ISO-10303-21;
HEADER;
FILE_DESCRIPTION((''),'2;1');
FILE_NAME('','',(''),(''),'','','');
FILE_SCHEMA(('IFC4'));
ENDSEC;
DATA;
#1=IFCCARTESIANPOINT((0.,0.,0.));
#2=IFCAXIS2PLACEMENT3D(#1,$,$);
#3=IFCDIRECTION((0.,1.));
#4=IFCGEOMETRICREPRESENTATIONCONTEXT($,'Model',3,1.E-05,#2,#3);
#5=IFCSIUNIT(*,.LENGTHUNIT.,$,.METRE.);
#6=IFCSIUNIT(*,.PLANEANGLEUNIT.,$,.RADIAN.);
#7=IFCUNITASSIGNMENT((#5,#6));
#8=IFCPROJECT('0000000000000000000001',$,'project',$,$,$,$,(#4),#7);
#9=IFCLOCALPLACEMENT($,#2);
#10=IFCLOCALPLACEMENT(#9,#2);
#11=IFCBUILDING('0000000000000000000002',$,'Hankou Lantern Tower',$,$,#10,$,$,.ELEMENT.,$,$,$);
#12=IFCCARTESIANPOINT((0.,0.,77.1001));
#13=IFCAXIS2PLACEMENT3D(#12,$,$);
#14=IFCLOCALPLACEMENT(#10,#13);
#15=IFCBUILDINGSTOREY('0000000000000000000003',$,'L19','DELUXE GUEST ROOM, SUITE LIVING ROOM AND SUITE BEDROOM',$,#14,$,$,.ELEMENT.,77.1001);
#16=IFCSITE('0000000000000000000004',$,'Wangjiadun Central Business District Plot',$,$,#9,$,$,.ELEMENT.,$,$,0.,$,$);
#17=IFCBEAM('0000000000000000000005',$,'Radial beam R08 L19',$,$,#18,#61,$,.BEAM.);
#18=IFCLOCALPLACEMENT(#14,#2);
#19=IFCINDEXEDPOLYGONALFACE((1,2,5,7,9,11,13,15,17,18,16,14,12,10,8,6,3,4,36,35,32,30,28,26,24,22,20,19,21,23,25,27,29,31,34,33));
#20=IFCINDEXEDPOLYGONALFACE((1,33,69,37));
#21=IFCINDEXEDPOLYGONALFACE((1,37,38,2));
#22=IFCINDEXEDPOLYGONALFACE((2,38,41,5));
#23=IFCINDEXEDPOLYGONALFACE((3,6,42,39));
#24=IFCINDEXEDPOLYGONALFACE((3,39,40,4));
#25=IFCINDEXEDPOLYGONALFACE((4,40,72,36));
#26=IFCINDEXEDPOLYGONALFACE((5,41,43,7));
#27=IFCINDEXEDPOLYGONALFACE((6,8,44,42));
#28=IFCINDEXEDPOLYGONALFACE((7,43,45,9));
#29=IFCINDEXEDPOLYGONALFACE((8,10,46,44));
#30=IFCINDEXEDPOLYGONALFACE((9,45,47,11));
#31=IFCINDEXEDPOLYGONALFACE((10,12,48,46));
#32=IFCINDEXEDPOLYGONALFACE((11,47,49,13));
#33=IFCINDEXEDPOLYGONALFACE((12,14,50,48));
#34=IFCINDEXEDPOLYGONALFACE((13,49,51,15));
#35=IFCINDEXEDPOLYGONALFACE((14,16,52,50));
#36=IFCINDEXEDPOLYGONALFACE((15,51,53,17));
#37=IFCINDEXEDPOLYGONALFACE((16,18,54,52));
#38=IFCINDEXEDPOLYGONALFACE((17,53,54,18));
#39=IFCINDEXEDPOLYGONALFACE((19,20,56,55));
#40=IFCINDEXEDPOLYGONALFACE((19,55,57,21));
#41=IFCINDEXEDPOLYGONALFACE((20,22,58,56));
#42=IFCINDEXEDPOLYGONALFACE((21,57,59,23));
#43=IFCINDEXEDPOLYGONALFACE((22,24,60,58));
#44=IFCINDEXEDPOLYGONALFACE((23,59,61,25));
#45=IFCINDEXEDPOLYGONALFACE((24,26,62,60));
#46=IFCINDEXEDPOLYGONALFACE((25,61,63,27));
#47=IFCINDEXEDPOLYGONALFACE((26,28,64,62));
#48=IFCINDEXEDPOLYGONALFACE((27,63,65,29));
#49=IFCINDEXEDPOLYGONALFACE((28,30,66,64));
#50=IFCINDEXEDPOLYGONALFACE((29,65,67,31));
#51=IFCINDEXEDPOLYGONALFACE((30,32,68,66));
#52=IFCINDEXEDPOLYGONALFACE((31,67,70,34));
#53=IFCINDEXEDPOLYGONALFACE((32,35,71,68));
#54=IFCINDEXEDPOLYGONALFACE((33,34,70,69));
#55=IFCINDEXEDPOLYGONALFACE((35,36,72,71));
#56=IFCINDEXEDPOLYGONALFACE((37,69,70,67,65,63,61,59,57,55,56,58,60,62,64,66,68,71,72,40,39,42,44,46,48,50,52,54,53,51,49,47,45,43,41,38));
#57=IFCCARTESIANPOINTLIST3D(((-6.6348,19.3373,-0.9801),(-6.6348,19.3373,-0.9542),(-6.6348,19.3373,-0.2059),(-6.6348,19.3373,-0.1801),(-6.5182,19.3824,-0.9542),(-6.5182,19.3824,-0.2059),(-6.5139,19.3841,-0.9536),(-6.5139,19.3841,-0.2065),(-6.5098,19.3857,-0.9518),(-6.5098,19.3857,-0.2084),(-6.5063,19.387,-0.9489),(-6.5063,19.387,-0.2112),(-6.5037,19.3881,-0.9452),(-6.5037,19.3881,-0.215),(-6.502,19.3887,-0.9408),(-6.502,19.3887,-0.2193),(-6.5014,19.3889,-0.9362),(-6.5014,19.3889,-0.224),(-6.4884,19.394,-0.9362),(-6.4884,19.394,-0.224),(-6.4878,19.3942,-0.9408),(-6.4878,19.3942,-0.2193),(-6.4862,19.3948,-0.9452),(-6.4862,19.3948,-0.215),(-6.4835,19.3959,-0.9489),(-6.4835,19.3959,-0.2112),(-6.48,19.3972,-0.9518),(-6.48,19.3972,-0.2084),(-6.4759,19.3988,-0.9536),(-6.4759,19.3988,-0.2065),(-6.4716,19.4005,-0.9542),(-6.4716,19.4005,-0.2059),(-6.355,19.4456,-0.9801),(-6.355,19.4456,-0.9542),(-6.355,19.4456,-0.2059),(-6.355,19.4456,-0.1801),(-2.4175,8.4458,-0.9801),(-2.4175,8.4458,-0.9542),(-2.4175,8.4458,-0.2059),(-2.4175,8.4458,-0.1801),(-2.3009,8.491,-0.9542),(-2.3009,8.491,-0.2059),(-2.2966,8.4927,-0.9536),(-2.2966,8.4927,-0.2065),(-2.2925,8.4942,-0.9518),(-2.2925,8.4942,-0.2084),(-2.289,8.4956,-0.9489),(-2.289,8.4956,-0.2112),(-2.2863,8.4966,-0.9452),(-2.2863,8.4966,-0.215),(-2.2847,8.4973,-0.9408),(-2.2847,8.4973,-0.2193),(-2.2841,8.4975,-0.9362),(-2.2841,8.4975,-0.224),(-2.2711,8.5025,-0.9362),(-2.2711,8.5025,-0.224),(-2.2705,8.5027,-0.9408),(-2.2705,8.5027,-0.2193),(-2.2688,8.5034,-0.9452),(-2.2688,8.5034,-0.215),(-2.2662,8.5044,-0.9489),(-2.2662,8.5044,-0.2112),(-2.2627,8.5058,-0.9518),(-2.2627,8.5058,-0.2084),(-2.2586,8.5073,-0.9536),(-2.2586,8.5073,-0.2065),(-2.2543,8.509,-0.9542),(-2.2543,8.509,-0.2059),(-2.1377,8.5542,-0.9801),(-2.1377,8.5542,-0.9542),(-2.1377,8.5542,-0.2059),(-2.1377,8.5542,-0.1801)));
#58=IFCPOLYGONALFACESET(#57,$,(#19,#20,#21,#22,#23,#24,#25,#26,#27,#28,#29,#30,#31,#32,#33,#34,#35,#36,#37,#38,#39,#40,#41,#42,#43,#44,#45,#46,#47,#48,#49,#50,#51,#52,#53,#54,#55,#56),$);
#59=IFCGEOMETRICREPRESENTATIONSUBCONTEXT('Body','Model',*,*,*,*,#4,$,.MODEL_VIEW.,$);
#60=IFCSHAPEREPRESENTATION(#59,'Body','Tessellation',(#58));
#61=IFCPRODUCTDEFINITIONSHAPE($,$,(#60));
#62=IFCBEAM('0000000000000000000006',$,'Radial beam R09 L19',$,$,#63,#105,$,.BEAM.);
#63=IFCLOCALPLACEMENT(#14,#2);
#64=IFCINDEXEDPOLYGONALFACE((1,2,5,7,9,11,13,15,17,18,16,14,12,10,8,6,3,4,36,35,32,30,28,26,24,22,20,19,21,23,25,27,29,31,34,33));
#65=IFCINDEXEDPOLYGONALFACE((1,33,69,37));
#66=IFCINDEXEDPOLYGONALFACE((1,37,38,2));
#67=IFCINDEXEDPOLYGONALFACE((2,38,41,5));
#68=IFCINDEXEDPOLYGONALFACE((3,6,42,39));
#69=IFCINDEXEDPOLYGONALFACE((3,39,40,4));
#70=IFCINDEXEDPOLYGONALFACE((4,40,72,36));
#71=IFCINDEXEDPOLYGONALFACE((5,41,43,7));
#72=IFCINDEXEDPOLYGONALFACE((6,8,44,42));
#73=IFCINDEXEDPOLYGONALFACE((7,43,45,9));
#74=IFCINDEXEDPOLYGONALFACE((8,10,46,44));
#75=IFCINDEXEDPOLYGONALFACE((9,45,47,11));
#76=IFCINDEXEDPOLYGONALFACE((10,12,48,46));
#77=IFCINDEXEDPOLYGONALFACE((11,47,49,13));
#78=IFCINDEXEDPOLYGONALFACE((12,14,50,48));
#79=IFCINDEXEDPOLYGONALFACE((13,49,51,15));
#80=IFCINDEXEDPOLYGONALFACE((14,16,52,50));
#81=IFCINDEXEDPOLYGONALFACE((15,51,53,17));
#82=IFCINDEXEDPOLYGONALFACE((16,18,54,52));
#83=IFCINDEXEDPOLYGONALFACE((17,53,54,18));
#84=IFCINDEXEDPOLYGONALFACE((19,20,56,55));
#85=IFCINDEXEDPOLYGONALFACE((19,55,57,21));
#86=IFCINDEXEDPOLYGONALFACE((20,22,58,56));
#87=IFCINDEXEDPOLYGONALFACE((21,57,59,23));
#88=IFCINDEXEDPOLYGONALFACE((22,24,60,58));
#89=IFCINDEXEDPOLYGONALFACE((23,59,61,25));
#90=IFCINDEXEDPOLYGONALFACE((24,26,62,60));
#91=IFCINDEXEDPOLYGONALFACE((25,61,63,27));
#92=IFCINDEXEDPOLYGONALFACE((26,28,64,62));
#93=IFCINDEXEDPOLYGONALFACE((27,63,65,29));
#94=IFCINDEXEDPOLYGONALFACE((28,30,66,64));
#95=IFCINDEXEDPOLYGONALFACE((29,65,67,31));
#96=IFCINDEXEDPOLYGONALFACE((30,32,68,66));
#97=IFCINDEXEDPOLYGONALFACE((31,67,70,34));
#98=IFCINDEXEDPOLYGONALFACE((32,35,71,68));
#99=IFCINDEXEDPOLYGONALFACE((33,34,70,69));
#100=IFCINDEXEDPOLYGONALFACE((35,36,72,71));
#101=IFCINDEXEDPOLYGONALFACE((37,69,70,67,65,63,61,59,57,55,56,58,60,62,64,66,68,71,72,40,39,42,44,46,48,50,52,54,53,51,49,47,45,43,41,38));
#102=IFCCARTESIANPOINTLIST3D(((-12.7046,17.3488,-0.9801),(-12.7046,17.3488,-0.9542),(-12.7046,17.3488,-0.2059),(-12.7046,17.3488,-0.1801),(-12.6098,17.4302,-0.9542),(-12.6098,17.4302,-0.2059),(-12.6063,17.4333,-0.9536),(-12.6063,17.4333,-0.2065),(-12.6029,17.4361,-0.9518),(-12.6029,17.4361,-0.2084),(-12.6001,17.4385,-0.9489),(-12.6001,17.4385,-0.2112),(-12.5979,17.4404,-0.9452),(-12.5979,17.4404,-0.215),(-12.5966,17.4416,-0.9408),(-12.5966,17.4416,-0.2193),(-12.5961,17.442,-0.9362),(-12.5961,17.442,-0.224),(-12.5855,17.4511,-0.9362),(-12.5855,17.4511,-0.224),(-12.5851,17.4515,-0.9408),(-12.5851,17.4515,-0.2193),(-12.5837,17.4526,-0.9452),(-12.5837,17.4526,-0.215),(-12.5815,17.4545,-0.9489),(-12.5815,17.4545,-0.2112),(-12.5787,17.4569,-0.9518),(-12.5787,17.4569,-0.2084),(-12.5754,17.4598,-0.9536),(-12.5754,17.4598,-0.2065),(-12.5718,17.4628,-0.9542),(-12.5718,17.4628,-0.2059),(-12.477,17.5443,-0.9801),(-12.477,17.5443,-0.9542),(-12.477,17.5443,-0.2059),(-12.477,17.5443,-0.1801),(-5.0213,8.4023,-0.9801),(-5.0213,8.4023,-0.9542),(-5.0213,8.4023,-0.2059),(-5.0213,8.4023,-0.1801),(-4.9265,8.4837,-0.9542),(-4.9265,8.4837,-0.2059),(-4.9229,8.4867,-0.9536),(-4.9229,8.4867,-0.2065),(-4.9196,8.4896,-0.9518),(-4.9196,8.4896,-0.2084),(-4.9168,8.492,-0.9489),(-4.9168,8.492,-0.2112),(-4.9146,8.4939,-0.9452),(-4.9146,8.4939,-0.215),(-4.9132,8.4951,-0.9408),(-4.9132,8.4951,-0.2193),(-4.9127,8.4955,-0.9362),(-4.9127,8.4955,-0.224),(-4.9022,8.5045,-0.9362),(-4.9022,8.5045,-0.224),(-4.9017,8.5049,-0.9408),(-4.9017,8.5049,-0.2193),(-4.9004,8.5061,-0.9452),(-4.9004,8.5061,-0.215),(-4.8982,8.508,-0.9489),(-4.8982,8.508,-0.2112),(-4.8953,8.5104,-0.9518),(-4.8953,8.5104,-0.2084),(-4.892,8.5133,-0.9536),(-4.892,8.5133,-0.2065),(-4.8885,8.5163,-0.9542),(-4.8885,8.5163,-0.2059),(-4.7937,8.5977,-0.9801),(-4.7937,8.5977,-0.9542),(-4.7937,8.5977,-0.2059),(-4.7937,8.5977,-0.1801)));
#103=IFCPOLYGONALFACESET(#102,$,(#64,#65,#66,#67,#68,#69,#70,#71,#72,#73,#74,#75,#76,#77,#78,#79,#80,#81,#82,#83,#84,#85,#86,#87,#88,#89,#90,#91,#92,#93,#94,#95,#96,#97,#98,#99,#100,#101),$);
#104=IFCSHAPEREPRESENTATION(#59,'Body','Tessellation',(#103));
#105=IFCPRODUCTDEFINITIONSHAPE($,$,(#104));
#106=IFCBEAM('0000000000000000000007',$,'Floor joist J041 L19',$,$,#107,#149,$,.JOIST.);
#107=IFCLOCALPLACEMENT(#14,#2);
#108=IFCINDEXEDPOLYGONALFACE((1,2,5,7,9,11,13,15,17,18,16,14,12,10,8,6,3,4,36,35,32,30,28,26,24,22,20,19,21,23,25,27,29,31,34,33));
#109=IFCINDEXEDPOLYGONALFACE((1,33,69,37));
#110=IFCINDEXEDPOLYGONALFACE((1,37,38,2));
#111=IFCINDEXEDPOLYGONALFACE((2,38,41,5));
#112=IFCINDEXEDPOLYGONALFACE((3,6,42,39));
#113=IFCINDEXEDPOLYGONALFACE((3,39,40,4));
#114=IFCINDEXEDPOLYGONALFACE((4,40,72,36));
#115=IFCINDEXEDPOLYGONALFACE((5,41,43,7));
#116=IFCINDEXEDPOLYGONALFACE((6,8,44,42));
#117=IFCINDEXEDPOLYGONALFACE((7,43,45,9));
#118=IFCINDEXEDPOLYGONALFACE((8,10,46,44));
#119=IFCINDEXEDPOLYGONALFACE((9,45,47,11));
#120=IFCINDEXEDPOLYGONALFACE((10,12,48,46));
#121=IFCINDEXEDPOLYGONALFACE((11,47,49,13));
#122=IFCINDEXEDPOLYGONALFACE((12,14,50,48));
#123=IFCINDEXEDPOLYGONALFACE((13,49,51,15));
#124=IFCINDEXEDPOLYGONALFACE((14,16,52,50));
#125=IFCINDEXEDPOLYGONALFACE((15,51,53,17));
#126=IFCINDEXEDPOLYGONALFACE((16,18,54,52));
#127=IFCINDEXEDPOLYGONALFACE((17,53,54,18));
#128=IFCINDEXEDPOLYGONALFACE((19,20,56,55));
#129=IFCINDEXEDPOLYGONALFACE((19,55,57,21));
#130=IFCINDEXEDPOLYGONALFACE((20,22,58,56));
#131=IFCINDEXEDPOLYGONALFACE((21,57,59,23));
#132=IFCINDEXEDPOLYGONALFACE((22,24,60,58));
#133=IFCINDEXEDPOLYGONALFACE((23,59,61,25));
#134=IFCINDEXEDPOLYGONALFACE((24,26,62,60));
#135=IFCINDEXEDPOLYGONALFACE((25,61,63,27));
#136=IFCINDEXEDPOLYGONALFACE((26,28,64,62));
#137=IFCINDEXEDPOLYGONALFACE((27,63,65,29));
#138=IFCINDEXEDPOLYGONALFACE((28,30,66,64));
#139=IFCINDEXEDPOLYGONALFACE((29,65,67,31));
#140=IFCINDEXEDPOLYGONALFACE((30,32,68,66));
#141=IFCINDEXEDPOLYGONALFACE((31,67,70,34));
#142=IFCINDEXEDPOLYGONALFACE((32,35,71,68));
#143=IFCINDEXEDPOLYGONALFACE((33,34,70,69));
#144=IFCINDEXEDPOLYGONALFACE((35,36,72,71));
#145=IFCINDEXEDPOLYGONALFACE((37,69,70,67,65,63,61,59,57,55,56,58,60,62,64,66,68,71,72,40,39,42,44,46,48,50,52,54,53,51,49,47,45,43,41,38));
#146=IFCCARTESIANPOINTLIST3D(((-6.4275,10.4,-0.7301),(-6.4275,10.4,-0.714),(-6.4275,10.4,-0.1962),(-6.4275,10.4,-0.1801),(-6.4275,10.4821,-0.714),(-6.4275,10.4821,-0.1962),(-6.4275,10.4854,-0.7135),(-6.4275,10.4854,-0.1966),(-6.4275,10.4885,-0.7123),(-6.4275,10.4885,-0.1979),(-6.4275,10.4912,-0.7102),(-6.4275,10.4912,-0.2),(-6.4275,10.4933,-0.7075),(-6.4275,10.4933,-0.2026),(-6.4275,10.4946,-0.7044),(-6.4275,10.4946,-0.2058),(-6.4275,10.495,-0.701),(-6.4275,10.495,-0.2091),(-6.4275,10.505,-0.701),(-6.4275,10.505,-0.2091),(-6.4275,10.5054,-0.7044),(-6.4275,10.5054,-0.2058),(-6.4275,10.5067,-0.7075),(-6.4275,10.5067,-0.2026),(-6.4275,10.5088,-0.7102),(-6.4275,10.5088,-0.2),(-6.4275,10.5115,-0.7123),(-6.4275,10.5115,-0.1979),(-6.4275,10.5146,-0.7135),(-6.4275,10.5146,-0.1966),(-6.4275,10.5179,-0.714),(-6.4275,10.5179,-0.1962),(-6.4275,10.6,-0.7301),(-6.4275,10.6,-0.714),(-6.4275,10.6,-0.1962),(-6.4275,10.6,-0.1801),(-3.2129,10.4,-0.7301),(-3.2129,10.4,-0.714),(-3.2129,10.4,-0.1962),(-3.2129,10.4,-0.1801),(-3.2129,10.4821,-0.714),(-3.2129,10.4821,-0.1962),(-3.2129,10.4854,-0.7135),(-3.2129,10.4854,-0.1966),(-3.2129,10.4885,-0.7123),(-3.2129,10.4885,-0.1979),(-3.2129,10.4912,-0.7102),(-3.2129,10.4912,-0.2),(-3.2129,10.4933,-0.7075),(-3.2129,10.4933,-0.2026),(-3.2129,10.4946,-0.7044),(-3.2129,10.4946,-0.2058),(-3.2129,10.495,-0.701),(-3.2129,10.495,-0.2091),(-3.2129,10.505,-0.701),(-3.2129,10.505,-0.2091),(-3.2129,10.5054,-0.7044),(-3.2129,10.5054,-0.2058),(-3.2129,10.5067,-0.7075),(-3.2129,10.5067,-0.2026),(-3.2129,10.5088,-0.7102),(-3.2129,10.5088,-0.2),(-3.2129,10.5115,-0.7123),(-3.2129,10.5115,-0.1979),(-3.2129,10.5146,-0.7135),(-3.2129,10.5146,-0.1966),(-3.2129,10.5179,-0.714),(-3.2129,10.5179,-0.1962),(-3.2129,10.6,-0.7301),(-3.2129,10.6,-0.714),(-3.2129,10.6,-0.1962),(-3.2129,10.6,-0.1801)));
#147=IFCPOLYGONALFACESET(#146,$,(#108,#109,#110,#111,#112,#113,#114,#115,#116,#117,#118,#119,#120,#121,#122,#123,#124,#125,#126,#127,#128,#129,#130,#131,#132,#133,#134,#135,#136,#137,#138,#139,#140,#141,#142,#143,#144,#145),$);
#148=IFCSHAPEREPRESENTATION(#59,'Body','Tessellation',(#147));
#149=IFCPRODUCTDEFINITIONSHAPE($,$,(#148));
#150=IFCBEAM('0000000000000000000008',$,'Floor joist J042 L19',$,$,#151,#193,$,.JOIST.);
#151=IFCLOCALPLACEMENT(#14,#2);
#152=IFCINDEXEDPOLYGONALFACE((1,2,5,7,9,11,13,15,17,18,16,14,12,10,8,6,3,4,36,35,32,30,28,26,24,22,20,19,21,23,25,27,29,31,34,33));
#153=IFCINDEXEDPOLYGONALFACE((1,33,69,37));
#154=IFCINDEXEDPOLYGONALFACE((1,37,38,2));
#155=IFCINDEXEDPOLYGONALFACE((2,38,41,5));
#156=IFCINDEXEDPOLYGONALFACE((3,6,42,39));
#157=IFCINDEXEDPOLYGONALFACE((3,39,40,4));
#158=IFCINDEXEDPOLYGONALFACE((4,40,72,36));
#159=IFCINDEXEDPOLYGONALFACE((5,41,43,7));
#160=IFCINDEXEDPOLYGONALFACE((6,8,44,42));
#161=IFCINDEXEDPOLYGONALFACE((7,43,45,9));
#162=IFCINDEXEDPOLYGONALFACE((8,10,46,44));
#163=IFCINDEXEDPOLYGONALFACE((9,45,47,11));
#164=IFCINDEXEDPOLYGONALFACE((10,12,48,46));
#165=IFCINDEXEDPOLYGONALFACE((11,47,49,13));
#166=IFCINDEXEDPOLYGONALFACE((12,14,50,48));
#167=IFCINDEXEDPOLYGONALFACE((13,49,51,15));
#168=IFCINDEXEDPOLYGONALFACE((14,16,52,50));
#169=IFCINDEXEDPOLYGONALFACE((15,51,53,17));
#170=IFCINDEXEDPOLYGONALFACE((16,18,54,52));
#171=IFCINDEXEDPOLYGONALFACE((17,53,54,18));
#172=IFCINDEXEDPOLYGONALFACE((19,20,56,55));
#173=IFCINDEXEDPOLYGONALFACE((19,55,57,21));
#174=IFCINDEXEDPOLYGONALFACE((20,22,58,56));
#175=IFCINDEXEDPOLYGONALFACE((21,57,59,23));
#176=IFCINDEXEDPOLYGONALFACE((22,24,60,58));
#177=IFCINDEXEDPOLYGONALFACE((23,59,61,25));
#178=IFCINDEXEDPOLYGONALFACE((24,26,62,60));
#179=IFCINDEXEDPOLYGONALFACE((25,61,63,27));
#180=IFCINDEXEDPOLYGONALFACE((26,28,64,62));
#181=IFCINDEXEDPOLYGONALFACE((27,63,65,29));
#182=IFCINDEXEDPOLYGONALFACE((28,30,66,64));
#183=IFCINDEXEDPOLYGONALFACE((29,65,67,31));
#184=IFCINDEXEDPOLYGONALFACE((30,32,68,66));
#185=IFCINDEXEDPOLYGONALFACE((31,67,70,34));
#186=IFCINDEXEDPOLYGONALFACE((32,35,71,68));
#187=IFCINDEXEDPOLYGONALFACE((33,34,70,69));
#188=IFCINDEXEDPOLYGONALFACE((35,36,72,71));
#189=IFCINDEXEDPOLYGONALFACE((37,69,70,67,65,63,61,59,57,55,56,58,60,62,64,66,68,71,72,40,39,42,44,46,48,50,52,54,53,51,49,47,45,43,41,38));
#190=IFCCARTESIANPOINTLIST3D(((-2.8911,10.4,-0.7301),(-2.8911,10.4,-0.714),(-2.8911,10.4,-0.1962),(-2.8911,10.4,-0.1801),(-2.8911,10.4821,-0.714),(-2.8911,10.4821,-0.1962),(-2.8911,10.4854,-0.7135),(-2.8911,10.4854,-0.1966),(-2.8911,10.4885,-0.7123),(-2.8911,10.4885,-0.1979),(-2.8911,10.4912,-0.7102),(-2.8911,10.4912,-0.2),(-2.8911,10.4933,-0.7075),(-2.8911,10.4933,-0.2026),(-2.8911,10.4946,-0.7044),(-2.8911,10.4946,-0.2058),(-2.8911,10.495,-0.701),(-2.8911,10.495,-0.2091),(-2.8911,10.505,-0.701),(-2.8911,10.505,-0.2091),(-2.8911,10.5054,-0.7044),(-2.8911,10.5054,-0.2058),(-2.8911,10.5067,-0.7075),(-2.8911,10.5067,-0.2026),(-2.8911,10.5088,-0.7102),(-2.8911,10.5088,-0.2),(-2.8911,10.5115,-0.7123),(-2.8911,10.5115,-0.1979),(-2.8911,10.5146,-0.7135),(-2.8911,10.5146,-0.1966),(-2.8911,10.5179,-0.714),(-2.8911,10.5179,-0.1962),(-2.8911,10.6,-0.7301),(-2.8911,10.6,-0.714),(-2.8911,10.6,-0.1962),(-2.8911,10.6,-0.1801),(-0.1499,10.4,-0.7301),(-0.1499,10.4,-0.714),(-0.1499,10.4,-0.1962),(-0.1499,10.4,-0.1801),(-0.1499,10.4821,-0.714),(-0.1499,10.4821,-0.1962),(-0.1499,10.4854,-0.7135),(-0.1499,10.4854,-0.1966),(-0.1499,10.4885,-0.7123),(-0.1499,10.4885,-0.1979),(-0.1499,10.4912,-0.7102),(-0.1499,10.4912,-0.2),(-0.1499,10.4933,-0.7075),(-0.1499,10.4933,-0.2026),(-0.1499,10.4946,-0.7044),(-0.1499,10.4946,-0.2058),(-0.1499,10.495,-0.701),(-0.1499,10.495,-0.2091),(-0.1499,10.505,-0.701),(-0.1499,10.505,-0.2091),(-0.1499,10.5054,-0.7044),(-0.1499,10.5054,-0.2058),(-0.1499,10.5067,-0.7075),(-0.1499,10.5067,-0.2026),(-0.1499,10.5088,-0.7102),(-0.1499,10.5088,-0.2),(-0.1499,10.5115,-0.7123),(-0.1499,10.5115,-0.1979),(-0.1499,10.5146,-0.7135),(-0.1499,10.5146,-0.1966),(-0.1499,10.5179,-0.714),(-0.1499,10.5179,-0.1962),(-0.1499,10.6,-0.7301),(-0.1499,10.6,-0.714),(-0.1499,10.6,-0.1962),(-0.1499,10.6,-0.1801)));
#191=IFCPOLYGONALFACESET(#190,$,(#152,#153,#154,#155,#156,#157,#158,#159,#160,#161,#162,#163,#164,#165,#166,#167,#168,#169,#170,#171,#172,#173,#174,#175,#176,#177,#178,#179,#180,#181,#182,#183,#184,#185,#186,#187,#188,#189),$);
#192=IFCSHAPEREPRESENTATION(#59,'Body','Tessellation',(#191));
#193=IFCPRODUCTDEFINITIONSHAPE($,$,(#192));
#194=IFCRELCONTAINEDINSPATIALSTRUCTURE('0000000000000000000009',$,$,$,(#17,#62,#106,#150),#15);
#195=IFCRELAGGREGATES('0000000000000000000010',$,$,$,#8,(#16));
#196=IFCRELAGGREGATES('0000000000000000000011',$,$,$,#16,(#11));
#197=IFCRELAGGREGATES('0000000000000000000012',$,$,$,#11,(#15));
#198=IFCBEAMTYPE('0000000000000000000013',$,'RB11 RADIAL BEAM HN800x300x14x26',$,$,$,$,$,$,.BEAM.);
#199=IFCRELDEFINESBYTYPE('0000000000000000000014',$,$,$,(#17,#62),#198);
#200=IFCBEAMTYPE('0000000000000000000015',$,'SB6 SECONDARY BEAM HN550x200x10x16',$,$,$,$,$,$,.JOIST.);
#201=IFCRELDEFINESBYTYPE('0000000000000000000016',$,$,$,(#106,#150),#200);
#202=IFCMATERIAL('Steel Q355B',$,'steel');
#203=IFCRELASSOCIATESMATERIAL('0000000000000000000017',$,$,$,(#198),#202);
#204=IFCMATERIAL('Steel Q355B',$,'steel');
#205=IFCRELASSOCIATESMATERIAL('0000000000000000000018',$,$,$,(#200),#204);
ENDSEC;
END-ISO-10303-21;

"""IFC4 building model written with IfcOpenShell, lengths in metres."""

from ifc_helpers import new_model, si_unit, direction, frame, origin, origin_2d, place, context, subcontext, project, spatial, i_section, extrude, material, material_profile, profile_set, type_object, element, save


model = new_model("IFC4")

# Units and contexts
model_context = context("Model", 3, precision=1e-05, world=origin(), true_north=direction((0.0, 1.0)))
body_context = subcontext(model_context, "Body", "Model", "MODEL_VIEW")
ifc_project = project(units=[si_unit("LENGTHUNIT", "METRE"), si_unit("PLANEANGLEUNIT", "RADIAN")], contexts=[model_context])

# Site, building, storey
site_placement = place(None, origin())
site = spatial("IfcSite", under=ifc_project, at=site_placement, Name="Wangjiadun Central Business District Plot", CompositionType="ELEMENT", RefElevation=0.0)
building_placement = place(site_placement, origin())
building = spatial("IfcBuilding", under=site, at=building_placement, Name="Hankou Lantern Tower", CompositionType="ELEMENT")
storey_placement = place(building_placement, frame((0.0, 0.0, 77.1001)))
storey = spatial("IfcBuildingStorey", under=building, at=storey_placement, Name="L19", Description="DELUXE GUEST ROOM, SUITE LIVING ROOM AND SUITE BEDROOM", CompositionType="ELEMENT", Elevation=77.1001)

# Beams
ifc_material_1 = material(Name="Steel Q355B", Category="steel")
ifc_material_profile_1 = material_profile(ifc_material_1, i_section(OverallWidth=0.3, OverallDepth=0.8, WebThickness=0.0139, FlangeThickness=0.0259, FilletRadius=0.0181, at=origin_2d()), Name="HN800x300x14x26")
ifc_profile_set_1 = profile_set([ifc_material_profile_1], Name="Steel Q355B")
beam_type_1 = type_object("IfcBeamType", Name="RB11 RADIAL BEAM HN800x300x14x26", PredefinedType="BEAM", material=ifc_profile_set_1)
beam_1_placement = place(storey_placement, frame((-2.2776, 8.5, -0.5801), z_axis=(-0.361089, 0.932531, 0.0), x_axis=(-0.932531, -0.361089, 0.0)))
element("IfcBeam", 1, at=beam_1_placement, inside=storey, type_object=beam_type_1, Name="Radial beam R08 L19", PredefinedType="BEAM", context=body_context, shape_type="SweptSolid", body=[
    extrude(i_section(OverallWidth=0.3, OverallDepth=0.8, WebThickness=0.0139, FlangeThickness=0.0259, FilletRadius=0.0181, at=origin_2d()), origin(), (0.0, 0.0, 1.0), 11.6794),
])
beam_2_placement = place(storey_placement, frame((-4.9075, 8.5, -0.5801), z_axis=(-0.651519, 0.758632, 0.0), x_axis=(-0.758632, -0.651519, 0.0)))
element("IfcBeam", 2, at=beam_2_placement, inside=storey, type_object=beam_type_1, Name="Radial beam R09 L19", PredefinedType="BEAM", context=body_context, shape_type="SweptSolid", body=[
    extrude(i_section(OverallWidth=0.3, OverallDepth=0.8, WebThickness=0.0139, FlangeThickness=0.0259, FilletRadius=0.0181, at=origin_2d()), origin(), (0.0, 0.0, 1.0), 11.793),
])
ifc_material_2 = material(Name="Steel Q355B", Category="steel")
ifc_material_profile_2 = material_profile(ifc_material_2, i_section(OverallWidth=0.2, OverallDepth=0.55, WebThickness=0.01, FlangeThickness=0.0161, FilletRadius=0.0129, at=origin_2d()), Name="HN550x200x10x16")
ifc_profile_set_2 = profile_set([ifc_material_profile_2], Name="Steel Q355B")
beam_type_2 = type_object("IfcBeamType", Name="SB6 SECONDARY BEAM HN550x200x10x16", PredefinedType="JOIST", material=ifc_profile_set_2)
beam_3_placement = place(storey_placement, frame((-6.4275, 10.5, -0.4551), z_axis=(1.0, 0.0, 0.0), x_axis=(0.0, 1.0, 0.0)))
element("IfcBeam", 3, at=beam_3_placement, inside=storey, type_object=beam_type_2, Name="Floor joist J041 L19", PredefinedType="JOIST", context=body_context, shape_type="SweptSolid", body=[
    extrude(i_section(OverallWidth=0.2, OverallDepth=0.55, WebThickness=0.01, FlangeThickness=0.0161, FilletRadius=0.0129, at=origin_2d()), origin(), (0.0, 0.0, 1.0), 3.2146),
])
beam_4_placement = place(storey_placement, frame((-2.8911, 10.5, -0.4551), z_axis=(1.0, 0.0, 0.0), x_axis=(0.0, 1.0, 0.0)))
element("IfcBeam", 4, at=beam_4_placement, inside=storey, type_object=beam_type_2, Name="Floor joist J042 L19", PredefinedType="JOIST", context=body_context, shape_type="SweptSolid", body=[
    extrude(i_section(OverallWidth=0.2, OverallDepth=0.55, WebThickness=0.01, FlangeThickness=0.0161, FilletRadius=0.0129, at=origin_2d()), origin(), (0.0, 0.0, 1.0), 2.7412),
])

save(model, "model.ifc")
